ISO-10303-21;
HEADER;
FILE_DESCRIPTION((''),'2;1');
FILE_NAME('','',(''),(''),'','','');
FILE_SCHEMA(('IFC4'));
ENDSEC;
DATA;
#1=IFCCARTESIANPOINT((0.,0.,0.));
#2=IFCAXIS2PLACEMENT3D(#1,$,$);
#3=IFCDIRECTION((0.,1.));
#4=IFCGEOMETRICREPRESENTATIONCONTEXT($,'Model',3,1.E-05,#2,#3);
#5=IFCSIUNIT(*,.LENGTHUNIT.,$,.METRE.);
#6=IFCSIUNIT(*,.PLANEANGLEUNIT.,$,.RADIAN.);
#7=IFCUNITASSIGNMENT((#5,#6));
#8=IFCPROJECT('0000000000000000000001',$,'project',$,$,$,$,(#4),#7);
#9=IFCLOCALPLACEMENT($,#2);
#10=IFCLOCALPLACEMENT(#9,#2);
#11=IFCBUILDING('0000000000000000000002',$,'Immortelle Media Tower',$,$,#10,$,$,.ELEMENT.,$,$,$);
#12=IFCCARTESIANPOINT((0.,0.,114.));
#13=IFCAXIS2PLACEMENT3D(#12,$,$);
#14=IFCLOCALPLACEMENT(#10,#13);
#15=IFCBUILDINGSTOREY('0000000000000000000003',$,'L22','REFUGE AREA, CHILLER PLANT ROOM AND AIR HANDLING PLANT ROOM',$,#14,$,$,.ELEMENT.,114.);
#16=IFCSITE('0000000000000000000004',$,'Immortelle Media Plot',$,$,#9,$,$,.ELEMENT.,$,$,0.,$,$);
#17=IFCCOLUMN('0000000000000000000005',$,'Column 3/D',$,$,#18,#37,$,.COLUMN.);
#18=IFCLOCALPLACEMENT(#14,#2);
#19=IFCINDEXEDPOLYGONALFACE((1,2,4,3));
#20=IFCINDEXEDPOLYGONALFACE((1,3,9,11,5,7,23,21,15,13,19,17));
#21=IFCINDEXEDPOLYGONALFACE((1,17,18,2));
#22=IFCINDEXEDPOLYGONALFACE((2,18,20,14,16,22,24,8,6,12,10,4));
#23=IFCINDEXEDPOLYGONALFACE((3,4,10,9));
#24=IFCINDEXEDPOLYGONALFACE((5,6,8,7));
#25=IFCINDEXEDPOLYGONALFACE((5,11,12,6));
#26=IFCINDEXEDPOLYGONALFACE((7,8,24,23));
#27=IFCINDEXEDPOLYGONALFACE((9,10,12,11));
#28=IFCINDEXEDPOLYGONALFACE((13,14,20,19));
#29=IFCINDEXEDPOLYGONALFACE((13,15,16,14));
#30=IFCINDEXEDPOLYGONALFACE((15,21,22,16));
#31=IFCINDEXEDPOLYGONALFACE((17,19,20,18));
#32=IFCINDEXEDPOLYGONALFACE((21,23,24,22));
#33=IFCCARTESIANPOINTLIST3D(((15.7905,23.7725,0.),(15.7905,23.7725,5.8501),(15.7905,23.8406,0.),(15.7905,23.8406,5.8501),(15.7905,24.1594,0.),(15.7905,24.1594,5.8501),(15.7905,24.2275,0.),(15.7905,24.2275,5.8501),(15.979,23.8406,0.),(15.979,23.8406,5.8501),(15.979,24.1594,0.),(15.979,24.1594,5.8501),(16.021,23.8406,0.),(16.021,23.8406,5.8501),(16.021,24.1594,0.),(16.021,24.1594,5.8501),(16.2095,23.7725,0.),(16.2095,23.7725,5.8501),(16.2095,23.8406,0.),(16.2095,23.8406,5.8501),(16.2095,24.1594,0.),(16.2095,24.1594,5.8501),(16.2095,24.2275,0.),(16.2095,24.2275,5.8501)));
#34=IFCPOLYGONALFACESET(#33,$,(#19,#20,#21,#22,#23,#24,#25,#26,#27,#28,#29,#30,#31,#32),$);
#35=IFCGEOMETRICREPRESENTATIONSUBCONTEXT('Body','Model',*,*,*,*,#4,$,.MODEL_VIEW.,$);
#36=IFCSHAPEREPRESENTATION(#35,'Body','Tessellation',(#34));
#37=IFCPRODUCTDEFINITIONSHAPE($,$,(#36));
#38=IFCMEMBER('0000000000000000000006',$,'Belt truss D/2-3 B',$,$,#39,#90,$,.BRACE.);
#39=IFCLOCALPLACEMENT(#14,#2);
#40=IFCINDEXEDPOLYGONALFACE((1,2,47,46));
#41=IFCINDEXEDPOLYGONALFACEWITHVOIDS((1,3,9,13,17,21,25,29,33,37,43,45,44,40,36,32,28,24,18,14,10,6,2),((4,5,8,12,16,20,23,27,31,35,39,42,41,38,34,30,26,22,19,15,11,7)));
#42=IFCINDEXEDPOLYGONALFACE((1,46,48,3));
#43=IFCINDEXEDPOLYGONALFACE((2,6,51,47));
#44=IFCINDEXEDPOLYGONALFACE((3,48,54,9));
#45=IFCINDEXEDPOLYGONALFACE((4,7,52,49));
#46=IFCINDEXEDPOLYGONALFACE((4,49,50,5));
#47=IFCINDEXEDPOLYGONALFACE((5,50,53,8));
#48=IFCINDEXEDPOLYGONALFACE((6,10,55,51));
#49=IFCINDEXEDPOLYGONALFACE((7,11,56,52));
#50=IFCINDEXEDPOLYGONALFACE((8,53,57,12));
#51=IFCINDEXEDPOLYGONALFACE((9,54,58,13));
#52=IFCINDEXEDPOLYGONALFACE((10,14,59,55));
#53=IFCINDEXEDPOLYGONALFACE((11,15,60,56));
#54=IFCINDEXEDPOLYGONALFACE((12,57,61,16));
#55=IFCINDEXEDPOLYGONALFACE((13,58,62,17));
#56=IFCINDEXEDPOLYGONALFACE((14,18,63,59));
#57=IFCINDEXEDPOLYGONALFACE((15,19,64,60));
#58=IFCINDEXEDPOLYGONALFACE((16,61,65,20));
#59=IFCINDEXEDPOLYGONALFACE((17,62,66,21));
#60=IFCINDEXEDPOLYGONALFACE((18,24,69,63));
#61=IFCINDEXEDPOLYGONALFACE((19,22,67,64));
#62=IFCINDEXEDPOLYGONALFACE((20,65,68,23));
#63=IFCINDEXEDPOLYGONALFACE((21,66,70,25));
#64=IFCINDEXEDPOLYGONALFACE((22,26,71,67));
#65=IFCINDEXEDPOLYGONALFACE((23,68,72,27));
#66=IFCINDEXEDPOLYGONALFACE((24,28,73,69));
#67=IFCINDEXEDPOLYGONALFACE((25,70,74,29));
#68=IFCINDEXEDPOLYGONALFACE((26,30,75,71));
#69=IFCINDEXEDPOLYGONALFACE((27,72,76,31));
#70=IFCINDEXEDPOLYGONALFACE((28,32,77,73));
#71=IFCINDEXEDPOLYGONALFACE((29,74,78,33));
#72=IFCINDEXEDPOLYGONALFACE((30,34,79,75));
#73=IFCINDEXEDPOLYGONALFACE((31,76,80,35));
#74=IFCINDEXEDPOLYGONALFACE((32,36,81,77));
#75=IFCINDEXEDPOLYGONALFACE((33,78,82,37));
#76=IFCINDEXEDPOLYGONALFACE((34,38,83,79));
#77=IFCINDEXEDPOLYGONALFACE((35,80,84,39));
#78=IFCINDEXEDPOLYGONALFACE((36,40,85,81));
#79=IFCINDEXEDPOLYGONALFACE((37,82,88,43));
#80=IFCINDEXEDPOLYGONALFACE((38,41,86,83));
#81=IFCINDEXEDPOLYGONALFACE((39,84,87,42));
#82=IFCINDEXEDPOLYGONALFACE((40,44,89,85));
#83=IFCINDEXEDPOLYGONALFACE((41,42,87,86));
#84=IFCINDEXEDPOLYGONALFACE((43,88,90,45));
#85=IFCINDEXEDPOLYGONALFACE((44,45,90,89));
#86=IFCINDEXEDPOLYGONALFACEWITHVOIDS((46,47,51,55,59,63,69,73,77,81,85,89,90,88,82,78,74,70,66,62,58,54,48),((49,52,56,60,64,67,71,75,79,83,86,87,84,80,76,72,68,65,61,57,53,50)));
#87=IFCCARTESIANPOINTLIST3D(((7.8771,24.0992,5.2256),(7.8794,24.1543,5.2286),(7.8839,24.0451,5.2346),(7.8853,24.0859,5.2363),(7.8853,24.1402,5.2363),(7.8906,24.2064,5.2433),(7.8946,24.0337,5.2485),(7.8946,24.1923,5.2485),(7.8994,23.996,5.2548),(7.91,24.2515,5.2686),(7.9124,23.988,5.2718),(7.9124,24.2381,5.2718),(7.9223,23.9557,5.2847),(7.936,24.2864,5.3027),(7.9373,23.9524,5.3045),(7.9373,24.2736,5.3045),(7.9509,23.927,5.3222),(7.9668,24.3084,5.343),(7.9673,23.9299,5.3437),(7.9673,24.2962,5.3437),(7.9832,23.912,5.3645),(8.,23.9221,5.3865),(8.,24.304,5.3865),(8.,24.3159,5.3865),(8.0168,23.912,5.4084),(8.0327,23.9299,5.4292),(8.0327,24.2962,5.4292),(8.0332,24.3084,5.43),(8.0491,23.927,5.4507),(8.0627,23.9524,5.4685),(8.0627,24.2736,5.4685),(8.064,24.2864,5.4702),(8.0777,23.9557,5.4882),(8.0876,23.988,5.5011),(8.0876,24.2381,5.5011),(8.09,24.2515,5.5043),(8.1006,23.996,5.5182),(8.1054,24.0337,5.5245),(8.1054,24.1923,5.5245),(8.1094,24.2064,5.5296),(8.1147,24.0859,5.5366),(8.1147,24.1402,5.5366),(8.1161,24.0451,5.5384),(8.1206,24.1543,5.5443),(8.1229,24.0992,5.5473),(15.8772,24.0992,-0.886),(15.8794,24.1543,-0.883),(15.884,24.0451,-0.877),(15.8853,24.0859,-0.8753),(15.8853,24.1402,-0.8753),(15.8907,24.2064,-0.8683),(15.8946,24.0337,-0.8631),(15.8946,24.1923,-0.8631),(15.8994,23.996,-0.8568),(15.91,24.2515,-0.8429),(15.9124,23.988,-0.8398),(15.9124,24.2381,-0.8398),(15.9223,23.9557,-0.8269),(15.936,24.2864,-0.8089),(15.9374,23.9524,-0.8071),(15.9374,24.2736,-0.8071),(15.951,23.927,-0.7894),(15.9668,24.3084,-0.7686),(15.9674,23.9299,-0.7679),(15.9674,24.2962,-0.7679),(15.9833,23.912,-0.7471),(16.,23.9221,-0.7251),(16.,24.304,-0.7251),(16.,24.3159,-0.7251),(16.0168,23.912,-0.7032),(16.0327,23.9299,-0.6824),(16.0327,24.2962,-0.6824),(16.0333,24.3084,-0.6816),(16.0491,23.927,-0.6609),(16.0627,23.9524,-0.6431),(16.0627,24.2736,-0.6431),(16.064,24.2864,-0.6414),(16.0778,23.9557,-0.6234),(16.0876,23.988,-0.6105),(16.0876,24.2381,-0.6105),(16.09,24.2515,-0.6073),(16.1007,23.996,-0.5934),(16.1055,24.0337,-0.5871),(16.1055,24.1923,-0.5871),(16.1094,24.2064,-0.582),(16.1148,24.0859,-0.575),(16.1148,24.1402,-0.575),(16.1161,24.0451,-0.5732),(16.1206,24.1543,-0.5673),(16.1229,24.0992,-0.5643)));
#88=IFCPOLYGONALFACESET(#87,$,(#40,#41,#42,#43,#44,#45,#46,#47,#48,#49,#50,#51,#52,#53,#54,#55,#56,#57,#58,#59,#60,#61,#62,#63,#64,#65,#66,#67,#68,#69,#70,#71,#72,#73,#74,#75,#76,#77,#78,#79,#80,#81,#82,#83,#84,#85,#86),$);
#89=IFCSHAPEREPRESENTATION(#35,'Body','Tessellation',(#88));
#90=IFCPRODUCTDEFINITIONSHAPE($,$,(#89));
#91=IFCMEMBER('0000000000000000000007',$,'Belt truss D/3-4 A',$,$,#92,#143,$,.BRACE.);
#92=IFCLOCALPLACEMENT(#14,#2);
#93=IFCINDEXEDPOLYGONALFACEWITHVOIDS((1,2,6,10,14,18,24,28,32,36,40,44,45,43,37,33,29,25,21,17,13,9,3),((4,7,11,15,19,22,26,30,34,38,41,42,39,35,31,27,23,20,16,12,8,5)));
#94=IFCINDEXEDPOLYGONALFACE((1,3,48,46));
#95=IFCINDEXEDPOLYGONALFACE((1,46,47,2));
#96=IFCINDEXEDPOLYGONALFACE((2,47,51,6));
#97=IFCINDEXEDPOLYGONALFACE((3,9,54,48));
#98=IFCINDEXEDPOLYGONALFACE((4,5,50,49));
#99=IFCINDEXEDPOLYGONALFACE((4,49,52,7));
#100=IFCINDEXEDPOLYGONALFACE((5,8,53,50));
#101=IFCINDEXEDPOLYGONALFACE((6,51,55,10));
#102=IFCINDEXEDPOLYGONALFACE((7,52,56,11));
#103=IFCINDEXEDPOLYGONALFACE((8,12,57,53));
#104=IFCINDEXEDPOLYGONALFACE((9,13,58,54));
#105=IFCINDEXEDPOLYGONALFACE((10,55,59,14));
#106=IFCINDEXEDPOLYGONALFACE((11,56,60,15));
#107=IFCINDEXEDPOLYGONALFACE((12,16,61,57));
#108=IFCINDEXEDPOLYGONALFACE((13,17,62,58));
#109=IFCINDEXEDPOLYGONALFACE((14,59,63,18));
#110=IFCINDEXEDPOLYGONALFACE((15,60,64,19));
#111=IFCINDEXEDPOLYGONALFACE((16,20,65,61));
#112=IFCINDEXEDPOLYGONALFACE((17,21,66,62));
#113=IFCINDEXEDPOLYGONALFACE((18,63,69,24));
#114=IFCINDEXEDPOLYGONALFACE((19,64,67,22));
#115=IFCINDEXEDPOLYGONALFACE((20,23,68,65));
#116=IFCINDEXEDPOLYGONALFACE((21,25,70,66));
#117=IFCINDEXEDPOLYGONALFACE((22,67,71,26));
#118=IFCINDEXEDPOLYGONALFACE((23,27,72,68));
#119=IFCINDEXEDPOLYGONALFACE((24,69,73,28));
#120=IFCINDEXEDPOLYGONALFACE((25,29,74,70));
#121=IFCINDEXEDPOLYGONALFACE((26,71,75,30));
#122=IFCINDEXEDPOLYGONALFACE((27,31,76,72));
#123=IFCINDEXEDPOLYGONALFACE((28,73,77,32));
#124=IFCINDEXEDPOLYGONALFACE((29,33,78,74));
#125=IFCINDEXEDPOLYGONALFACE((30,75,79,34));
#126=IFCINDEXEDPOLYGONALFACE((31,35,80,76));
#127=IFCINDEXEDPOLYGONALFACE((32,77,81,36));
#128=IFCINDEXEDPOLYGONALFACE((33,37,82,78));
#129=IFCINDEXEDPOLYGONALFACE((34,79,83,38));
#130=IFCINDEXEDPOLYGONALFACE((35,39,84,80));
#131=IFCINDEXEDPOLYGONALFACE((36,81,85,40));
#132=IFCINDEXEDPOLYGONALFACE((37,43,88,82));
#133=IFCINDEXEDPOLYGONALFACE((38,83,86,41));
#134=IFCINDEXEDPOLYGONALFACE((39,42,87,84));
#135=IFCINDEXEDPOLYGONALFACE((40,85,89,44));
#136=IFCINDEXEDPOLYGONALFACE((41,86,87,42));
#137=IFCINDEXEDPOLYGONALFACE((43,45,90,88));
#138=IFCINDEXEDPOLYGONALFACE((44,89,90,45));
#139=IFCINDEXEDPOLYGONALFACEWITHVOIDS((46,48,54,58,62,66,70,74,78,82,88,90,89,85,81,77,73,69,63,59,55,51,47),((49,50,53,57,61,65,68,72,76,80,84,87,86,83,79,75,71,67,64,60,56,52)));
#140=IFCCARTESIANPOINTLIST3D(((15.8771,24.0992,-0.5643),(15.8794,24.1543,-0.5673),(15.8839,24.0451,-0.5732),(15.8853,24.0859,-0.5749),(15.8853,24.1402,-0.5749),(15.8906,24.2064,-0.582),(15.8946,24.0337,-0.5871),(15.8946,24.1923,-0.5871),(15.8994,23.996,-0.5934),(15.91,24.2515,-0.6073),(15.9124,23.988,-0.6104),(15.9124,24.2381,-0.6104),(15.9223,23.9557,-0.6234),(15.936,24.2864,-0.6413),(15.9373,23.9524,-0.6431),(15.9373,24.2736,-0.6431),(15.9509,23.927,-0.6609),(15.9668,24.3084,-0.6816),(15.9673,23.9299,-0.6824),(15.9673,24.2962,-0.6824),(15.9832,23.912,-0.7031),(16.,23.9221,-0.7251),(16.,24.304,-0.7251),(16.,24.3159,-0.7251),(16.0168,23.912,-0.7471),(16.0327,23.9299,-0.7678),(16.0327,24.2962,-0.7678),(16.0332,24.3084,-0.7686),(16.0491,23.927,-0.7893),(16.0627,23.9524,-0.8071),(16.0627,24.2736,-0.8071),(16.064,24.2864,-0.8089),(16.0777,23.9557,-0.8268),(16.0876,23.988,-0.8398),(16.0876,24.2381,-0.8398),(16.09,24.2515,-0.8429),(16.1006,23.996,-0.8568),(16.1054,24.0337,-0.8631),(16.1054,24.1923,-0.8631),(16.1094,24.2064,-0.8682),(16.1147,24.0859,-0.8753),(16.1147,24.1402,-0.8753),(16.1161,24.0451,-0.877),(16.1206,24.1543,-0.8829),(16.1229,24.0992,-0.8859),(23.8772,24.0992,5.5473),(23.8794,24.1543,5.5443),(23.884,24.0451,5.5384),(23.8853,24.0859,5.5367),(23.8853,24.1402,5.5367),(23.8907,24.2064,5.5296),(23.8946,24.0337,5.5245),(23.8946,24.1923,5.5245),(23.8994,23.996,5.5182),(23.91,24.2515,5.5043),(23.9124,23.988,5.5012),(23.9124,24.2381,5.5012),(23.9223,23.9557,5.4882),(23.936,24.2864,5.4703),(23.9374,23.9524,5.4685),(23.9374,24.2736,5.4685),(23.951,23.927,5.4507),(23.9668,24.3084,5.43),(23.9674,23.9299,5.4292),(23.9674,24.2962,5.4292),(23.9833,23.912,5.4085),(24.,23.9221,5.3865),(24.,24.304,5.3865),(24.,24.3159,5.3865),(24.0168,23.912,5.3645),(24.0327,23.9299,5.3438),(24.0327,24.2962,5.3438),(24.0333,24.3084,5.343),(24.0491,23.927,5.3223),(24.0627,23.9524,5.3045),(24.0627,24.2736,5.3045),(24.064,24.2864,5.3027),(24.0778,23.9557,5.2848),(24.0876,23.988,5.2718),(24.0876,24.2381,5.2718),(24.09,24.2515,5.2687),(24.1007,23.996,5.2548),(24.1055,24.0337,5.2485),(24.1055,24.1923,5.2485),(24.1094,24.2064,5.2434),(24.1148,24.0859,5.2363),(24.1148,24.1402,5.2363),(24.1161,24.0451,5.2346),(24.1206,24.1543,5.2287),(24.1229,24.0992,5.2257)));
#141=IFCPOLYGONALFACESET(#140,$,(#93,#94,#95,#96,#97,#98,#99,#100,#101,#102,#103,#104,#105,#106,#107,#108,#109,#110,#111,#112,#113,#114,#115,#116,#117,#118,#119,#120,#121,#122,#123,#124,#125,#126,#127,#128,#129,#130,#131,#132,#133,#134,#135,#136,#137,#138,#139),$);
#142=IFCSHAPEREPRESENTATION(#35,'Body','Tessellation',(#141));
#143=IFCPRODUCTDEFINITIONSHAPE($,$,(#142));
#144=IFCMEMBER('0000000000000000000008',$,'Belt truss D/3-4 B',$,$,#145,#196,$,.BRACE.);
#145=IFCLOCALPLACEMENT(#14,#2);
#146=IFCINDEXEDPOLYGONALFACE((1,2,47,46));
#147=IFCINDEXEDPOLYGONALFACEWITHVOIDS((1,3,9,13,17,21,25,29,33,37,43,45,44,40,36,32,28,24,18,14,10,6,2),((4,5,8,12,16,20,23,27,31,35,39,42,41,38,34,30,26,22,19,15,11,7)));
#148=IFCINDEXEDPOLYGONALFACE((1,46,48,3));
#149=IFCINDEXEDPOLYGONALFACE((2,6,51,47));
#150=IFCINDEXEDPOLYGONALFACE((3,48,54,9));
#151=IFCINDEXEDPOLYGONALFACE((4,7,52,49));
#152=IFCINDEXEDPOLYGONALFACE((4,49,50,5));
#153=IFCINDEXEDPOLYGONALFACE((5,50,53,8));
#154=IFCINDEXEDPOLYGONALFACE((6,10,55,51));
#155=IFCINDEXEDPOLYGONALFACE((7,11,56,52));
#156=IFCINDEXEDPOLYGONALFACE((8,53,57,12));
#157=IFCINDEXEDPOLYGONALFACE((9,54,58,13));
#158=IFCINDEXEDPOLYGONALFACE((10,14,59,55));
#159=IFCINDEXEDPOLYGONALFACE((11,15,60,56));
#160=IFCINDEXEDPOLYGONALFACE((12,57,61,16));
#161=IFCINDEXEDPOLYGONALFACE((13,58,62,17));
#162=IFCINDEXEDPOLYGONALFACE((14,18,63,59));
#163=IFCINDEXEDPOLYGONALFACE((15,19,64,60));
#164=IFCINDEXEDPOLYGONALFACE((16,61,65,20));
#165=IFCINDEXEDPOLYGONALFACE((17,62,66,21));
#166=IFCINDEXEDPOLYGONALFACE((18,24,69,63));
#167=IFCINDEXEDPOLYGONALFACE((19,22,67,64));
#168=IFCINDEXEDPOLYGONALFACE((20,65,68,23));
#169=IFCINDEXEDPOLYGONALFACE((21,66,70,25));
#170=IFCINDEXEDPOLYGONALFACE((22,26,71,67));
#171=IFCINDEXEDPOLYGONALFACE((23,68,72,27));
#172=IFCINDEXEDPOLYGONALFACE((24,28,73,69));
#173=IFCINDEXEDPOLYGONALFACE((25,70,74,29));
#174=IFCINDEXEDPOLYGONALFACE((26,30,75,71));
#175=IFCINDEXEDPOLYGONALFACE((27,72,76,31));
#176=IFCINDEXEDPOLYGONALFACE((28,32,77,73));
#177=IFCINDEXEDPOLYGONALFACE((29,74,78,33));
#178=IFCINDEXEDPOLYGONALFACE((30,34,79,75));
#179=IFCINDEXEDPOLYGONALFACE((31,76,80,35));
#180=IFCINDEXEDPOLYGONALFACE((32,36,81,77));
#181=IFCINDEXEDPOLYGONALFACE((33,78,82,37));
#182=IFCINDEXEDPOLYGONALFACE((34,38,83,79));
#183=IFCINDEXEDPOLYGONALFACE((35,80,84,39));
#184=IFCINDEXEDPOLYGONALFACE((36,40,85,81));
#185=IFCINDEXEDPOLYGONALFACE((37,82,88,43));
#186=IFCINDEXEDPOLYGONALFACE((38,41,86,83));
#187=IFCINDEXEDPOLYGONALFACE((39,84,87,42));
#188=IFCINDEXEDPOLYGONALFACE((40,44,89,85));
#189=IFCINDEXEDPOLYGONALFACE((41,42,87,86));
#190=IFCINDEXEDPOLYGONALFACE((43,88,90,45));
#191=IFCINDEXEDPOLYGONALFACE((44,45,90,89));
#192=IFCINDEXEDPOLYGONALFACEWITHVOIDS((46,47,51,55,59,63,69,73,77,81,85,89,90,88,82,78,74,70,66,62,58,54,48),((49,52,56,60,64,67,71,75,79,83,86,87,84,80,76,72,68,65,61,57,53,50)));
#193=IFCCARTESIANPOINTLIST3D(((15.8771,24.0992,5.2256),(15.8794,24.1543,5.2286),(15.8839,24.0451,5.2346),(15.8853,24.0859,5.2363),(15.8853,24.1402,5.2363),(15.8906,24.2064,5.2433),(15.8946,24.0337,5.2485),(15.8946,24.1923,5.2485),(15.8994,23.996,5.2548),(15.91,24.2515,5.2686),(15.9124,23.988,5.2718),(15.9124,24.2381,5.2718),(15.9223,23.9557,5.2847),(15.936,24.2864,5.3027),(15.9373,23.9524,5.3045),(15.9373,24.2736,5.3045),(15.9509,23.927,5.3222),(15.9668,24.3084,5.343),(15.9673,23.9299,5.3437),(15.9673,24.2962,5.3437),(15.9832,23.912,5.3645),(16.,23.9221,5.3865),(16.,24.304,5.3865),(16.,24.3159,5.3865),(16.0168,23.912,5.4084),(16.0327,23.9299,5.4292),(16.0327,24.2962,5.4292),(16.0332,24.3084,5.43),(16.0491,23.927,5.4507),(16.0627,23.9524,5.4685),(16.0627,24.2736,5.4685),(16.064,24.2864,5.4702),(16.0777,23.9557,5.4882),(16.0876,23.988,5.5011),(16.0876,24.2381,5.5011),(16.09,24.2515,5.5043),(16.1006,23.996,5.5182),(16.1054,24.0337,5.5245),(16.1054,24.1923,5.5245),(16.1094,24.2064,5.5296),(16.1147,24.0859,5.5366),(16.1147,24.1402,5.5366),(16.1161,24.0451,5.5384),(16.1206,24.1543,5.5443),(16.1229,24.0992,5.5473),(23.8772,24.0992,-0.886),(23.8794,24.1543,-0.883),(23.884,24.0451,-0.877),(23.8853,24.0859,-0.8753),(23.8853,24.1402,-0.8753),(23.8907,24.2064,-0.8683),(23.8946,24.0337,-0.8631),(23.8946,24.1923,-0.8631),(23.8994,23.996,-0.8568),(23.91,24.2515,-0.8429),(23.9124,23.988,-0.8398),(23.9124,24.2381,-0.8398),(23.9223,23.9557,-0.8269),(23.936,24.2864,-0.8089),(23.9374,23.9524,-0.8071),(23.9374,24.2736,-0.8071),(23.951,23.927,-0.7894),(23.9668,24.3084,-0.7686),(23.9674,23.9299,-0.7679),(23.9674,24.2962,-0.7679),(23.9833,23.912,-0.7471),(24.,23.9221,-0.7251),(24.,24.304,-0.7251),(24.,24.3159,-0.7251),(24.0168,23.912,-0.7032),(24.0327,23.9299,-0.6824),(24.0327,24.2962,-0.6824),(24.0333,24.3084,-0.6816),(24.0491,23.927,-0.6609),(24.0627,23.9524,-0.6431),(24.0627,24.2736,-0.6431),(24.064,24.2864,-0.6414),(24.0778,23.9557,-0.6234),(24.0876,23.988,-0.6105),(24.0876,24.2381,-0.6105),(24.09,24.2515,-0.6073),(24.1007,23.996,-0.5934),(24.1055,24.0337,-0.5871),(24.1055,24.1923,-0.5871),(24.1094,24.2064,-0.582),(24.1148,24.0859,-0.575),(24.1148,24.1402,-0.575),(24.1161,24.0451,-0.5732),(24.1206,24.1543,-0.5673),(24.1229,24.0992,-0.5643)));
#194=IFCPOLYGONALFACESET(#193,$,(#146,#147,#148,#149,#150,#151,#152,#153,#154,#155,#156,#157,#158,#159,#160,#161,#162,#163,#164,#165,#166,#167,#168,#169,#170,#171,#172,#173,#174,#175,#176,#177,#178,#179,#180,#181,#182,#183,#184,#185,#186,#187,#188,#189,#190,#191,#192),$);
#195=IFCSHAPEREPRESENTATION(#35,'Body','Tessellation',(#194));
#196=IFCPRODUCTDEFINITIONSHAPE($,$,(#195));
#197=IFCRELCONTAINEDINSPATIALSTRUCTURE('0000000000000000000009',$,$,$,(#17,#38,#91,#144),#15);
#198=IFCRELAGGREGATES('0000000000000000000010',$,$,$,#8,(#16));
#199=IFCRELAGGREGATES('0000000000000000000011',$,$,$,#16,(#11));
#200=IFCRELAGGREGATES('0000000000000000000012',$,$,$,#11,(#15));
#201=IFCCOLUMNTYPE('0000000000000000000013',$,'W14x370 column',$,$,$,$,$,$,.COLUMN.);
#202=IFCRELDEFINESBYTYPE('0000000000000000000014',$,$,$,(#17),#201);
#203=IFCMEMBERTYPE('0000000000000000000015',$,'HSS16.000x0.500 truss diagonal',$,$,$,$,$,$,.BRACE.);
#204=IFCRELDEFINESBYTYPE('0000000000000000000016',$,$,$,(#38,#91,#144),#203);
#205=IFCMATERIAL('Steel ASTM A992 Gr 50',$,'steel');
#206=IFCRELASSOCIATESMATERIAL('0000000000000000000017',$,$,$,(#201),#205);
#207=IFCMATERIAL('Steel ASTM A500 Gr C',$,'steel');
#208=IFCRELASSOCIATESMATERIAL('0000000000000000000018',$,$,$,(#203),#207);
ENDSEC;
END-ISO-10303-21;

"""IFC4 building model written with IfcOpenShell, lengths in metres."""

from ifc_helpers import new_model, si_unit, direction, frame, origin, origin_2d, place, context, subcontext, project, spatial, hollow_circle, i_section, extrude, material, material_profile, profile_set, type_object, element, save


model = new_model("IFC4")

# Units and contexts
model_context = context("Model", 3, precision=1e-05, world=origin(), true_north=direction((0.0, 1.0)))
body_context = subcontext(model_context, "Body", "Model", "MODEL_VIEW")
ifc_project = project(units=[si_unit("LENGTHUNIT", "METRE"), si_unit("PLANEANGLEUNIT", "RADIAN")], contexts=[model_context])

# Site, building, storey
site_placement = place(None, origin())
site = spatial("IfcSite", under=ifc_project, at=site_placement, Name="Immortelle Media Plot", CompositionType="ELEMENT", RefElevation=0.0)
building_placement = place(site_placement, origin())
building = spatial("IfcBuilding", under=site, at=building_placement, Name="Immortelle Media Tower", CompositionType="ELEMENT")
storey_placement = place(building_placement, frame((0.0, 0.0, 114.0)))
storey = spatial("IfcBuildingStorey", under=building, at=storey_placement, Name="L22", Description="REFUGE AREA, CHILLER PLANT ROOM AND AIR HANDLING PLANT ROOM", CompositionType="ELEMENT", Elevation=114.0)

# Column
ifc_material_1 = material(Name="Steel ASTM A992 Gr 50", Category="steel")
ifc_material_profile_1 = material_profile(ifc_material_1, i_section(OverallWidth=0.4189, OverallDepth=0.4551, WebThickness=0.042, FlangeThickness=0.0681, at=origin_2d()), Name="W14x370")
ifc_profile_set_1 = profile_set([ifc_material_profile_1], Name="Steel ASTM A992 Gr 50")
column_type = type_object("IfcColumnType", Name="W14x370 column", PredefinedType="COLUMN", material=ifc_profile_set_1)
column_placement = place(storey_placement, frame((16.0, 24.0, 0.0), z_axis=(0.0, 0.0, 1.0), x_axis=(1.0, 0.0, 0.0)))
element("IfcColumn", 1, at=column_placement, inside=storey, type_object=column_type, Name="Column 3/D", PredefinedType="COLUMN", context=body_context, shape_type="SweptSolid", body=[
    extrude(i_section(OverallWidth=0.4189, OverallDepth=0.4551, WebThickness=0.042, FlangeThickness=0.0681, at=origin_2d()), origin(), (0.0, 0.0, 1.0), 5.8501),
])

# Members
ifc_material_2 = material(Name="Steel ASTM A500 Gr C", Category="steel")
ifc_material_profile_2 = material_profile(ifc_material_2, hollow_circle(Radius=0.2029, WallThickness=0.012, at=origin_2d()), Name="HSS16.000x0.500 truss diagonal")
ifc_profile_set_2 = profile_set([ifc_material_profile_2], Name="Steel ASTM A500 Gr C")
member_type = type_object("IfcMemberType", Name="HSS16.000x0.500 truss diagonal", PredefinedType="BRACE", material=ifc_profile_set_2)
for number, where, z_axis, x_axis, name in (
    (2, (8.0, 24.113, 5.3865), (0.794649, 0.0, -0.607069), (0.0, 1.0, 0.0), "Belt truss D/2-3 B"),
    (3, (16.0, 24.113, -0.7251), (0.794649, 0.0, 0.607069), (0.0, 1.0, 0.0), "Belt truss D/3-4 A"),
    (4, (16.0, 24.113, 5.3865), (0.794649, 0.0, -0.607069), (0.0, 1.0, 0.0), "Belt truss D/3-4 B"),
):
    element("IfcMember", number, at=place(storey_placement, frame(where, z_axis=z_axis, x_axis=x_axis)), inside=storey, type_object=member_type, Name=name, PredefinedType="BRACE", context=body_context, shape_type="SweptSolid", body=[
        extrude(hollow_circle(Radius=0.2029, WallThickness=0.012, at=origin_2d()), origin(), (0.0, 0.0, 1.0), 10.0674),
    ])

save(model, "model.ifc")
